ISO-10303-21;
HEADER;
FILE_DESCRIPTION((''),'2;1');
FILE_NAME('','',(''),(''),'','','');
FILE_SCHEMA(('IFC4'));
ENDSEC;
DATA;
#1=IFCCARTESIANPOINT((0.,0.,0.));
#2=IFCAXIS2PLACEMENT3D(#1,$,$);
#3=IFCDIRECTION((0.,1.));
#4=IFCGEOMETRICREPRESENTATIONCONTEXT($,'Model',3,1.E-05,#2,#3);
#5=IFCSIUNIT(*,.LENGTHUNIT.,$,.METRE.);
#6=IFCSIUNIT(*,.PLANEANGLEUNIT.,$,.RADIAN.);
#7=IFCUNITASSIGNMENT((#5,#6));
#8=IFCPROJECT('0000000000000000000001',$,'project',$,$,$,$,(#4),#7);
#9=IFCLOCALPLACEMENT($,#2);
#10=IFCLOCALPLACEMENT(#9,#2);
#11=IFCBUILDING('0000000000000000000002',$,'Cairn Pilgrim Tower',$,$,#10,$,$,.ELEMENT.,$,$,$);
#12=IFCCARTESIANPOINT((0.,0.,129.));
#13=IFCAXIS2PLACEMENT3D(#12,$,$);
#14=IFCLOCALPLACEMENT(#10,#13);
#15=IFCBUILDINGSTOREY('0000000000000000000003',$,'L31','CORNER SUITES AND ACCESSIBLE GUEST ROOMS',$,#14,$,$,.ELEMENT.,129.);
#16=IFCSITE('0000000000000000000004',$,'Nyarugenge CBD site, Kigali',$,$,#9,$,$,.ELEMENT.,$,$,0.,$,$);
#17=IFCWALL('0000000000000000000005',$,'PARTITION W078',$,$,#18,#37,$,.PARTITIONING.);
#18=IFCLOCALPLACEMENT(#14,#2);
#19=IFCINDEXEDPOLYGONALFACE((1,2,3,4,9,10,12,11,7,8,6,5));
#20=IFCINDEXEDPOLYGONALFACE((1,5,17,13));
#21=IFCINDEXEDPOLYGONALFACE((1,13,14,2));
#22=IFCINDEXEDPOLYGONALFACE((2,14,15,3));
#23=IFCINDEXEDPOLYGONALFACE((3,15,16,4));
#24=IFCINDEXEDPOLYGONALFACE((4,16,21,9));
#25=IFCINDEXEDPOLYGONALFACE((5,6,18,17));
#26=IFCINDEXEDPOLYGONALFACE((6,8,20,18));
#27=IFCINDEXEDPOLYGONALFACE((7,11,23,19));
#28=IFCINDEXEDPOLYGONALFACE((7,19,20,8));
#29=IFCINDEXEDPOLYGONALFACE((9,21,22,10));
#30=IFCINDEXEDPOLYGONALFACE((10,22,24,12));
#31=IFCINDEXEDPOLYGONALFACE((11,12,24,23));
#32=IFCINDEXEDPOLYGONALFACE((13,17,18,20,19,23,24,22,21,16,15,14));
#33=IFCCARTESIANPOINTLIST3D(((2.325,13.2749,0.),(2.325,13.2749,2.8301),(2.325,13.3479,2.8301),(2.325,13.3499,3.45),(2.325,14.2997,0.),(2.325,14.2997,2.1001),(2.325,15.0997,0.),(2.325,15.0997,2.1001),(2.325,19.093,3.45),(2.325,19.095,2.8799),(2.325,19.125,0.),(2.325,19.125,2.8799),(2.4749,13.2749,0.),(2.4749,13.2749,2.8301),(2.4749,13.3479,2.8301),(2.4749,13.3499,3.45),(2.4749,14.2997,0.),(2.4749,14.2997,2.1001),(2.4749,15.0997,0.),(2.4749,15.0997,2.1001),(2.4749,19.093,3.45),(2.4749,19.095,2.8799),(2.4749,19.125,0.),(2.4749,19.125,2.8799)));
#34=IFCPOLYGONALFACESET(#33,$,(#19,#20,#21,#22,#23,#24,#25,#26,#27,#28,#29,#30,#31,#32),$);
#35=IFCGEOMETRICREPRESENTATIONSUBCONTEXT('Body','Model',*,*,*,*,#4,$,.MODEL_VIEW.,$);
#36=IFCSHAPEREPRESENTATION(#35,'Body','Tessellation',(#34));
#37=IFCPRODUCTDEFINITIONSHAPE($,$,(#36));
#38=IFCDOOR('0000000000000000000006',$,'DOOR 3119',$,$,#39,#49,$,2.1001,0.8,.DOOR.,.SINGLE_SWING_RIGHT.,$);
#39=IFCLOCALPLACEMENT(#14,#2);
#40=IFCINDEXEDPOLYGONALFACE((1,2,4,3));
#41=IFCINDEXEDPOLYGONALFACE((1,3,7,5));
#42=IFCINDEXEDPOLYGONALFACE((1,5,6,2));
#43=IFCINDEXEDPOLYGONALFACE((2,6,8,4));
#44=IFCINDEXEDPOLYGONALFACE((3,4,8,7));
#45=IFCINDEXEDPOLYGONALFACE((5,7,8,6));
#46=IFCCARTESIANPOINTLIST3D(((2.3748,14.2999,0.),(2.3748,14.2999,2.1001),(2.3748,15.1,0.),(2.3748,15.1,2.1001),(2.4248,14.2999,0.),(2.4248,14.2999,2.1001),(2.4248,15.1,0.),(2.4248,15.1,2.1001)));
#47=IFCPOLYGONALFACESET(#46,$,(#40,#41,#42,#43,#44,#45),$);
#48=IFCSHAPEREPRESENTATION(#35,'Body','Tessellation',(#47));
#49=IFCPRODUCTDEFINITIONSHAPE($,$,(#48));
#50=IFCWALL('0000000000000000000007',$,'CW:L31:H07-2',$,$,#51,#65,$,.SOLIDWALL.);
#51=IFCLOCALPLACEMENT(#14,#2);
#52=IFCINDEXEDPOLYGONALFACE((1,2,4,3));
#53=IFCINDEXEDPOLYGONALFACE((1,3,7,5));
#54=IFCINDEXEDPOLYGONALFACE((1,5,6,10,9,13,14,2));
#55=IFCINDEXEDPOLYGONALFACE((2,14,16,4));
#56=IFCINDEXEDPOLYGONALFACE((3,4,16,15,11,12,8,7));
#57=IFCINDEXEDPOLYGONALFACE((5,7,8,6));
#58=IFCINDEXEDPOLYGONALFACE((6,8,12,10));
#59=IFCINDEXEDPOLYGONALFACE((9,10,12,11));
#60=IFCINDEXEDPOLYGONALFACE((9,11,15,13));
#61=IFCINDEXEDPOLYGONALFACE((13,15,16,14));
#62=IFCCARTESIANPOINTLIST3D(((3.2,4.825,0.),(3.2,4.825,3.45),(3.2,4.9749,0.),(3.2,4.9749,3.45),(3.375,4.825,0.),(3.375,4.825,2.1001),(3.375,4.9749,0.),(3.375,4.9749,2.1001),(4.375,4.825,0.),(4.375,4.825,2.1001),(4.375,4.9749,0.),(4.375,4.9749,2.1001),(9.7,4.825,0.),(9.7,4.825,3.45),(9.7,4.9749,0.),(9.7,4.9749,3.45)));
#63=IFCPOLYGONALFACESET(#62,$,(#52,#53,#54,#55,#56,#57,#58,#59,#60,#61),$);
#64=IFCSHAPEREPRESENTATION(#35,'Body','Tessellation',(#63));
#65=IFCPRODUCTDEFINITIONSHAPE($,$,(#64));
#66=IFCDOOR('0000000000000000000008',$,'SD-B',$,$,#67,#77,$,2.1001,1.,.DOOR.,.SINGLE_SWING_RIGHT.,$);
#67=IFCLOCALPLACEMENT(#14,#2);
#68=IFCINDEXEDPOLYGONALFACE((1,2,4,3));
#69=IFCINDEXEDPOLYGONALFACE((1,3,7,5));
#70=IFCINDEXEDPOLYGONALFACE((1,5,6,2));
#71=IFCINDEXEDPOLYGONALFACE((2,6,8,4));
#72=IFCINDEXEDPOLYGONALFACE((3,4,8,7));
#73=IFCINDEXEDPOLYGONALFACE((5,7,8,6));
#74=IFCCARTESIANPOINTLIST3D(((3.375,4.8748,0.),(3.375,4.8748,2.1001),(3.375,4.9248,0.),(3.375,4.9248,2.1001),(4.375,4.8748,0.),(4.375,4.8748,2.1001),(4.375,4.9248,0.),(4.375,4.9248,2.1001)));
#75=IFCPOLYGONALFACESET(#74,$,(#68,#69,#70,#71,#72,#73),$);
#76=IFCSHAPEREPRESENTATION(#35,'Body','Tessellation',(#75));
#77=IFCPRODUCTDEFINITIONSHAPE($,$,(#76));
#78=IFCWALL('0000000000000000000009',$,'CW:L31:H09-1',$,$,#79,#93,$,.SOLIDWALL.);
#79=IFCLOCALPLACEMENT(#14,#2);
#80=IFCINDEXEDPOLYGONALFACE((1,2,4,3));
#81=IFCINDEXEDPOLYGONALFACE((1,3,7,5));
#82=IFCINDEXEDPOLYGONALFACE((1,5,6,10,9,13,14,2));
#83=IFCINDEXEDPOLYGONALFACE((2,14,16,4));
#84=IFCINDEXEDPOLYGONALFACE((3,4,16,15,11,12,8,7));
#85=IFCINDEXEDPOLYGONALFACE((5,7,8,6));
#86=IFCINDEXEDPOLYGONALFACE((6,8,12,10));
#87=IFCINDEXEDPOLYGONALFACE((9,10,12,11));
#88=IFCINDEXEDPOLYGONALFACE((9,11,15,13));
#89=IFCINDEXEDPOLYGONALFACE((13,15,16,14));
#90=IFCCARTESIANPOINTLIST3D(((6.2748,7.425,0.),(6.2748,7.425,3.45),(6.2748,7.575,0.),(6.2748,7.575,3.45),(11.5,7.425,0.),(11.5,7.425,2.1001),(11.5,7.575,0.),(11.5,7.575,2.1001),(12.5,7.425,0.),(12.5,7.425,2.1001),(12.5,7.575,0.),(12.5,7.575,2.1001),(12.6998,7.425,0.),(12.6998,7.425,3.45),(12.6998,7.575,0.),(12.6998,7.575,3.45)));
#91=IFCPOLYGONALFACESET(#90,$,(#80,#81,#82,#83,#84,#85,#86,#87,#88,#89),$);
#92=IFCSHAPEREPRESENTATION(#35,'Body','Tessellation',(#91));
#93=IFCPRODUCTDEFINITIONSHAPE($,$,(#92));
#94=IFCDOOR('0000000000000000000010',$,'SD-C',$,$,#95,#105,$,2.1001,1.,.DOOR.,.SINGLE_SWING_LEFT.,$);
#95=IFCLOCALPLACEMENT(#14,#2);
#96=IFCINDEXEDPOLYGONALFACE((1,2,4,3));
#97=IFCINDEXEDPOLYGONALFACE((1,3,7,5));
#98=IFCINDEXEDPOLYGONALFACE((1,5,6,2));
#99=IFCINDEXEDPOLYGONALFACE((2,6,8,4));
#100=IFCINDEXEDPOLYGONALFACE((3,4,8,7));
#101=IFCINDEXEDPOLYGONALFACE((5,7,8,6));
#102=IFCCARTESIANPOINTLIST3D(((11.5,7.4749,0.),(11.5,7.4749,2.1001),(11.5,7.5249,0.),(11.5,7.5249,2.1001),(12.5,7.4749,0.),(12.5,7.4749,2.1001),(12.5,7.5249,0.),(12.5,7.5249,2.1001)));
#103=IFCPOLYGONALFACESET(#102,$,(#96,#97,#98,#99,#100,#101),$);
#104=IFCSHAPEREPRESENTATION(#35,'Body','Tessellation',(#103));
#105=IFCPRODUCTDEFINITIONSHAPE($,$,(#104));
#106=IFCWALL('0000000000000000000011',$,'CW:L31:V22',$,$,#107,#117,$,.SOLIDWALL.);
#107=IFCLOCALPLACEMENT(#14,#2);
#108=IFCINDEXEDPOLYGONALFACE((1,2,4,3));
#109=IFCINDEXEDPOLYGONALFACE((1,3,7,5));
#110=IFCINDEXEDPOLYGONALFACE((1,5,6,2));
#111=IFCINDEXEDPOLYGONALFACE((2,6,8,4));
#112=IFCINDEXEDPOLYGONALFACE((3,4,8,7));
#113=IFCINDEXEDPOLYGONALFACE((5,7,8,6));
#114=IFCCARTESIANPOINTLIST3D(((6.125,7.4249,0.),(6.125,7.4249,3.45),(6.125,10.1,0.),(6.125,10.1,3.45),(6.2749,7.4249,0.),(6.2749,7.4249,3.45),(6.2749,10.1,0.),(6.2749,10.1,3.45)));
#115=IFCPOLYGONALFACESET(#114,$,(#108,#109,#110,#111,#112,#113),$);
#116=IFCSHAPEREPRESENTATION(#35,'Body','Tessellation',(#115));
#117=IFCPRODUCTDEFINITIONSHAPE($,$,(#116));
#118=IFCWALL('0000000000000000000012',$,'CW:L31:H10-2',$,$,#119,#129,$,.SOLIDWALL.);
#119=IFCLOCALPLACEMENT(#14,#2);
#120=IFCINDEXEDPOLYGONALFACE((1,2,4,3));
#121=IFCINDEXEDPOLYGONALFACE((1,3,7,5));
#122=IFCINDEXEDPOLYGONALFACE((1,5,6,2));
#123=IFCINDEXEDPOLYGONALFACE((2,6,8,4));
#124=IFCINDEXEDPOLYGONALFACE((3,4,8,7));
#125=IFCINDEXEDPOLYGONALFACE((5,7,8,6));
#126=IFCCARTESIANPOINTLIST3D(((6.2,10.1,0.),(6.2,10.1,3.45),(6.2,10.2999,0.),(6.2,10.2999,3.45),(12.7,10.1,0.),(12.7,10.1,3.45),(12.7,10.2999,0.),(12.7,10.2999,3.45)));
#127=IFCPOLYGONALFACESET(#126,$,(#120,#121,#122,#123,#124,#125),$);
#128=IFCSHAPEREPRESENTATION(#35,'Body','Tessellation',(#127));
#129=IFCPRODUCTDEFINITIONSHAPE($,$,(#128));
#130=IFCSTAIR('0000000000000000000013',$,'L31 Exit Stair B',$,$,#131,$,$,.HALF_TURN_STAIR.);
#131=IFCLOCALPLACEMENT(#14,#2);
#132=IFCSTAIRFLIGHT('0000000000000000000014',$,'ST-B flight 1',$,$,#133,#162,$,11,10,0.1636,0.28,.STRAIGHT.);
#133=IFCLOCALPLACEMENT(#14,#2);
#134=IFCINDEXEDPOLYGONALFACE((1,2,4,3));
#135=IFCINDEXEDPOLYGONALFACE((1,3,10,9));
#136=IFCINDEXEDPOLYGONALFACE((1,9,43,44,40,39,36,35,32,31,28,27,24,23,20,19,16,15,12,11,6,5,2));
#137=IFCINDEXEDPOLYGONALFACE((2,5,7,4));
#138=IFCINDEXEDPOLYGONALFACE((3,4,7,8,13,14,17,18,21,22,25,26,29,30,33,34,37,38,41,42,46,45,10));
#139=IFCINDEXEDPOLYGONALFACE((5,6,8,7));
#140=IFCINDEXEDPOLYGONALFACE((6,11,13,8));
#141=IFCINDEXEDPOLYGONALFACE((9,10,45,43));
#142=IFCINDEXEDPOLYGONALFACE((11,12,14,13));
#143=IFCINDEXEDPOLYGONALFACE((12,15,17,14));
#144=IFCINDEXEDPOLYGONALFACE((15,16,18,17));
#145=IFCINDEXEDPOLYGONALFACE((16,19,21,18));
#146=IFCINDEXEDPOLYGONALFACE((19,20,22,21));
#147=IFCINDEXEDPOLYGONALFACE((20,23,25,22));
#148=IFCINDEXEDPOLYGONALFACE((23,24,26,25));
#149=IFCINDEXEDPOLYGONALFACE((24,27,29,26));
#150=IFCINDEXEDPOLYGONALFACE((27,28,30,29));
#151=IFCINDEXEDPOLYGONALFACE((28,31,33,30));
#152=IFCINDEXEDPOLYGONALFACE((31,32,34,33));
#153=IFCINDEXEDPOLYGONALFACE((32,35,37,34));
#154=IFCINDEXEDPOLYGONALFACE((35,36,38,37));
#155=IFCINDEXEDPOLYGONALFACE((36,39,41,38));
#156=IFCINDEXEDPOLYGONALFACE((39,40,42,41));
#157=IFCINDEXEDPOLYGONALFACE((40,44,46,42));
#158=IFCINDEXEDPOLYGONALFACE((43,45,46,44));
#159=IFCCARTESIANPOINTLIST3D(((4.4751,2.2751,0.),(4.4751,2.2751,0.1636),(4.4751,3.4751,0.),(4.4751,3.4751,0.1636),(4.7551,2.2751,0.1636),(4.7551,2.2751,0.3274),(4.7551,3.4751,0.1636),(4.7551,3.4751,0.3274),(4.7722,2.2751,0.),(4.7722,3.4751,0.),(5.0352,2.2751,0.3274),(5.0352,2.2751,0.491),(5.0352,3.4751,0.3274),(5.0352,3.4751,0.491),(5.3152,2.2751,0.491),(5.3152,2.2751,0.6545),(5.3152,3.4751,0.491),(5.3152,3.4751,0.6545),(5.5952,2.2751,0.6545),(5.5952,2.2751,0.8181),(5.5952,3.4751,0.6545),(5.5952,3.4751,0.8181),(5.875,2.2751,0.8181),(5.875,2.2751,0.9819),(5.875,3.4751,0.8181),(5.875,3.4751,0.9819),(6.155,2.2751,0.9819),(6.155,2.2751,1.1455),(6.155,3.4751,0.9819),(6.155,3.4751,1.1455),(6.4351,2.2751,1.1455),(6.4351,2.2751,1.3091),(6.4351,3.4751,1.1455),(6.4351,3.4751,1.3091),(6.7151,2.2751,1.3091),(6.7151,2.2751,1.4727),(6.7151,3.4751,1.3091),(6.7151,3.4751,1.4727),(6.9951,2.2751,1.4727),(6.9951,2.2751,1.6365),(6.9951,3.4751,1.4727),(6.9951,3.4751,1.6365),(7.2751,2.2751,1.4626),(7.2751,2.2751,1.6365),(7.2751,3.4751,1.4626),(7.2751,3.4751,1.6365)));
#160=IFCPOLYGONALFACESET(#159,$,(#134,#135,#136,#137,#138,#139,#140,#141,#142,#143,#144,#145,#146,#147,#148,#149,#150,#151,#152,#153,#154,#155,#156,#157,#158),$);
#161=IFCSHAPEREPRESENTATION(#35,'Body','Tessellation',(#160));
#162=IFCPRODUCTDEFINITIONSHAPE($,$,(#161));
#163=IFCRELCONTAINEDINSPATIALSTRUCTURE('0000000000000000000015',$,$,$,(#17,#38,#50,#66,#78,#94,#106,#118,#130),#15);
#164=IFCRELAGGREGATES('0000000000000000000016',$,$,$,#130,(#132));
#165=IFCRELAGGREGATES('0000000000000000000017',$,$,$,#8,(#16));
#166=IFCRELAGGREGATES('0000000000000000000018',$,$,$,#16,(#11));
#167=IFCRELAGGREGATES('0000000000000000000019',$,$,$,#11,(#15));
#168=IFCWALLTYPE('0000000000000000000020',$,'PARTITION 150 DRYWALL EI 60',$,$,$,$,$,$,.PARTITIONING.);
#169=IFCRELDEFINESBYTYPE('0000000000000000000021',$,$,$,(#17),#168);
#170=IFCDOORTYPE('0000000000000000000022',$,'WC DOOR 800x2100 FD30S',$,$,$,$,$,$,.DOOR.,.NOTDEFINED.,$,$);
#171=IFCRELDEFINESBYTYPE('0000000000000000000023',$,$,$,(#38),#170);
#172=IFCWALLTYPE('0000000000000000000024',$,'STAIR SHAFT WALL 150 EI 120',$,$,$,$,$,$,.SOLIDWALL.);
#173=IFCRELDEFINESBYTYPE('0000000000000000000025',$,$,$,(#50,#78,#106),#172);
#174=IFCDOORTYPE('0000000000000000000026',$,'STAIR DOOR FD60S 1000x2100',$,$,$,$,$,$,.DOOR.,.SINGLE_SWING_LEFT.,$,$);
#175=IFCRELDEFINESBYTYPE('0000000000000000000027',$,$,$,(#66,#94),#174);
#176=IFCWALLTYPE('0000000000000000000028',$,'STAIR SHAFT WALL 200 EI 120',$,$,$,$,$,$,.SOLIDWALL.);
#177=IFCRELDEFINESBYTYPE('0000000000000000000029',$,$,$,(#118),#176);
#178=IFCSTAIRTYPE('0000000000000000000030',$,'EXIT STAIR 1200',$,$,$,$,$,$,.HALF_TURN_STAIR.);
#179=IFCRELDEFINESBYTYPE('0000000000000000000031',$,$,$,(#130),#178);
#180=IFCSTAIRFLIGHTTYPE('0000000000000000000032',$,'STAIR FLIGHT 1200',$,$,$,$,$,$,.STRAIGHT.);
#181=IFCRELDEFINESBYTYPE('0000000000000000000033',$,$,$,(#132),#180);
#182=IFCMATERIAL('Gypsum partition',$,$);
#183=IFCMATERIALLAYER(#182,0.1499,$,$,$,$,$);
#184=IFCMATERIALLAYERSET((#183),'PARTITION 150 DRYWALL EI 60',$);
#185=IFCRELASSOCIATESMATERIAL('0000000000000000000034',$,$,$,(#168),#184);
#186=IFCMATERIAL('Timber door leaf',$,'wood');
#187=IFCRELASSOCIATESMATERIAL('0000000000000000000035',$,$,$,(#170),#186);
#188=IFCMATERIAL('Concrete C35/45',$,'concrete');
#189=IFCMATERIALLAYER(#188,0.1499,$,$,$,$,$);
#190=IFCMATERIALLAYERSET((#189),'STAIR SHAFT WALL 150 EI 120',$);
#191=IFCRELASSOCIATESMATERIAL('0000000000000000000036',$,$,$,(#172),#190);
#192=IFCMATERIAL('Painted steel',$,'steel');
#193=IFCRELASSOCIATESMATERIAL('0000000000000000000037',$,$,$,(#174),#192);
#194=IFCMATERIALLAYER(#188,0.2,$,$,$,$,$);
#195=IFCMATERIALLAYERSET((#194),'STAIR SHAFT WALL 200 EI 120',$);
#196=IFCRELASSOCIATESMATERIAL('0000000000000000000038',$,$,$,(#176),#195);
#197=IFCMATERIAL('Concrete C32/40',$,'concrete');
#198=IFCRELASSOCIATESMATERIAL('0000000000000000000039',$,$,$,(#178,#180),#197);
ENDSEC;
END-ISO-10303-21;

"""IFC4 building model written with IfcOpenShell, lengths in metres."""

from ifc_helpers import new_model, si_unit, direction, frame, frame_2d, origin, place, context, subcontext, project, spatial, polyline, rectangle, outline, extrude, material, layer, layer_set, type_object, element, fill, aggregate, save


model = new_model("IFC4")

# Units and contexts
model_context = context("Model", 3, precision=1e-05, world=origin(), true_north=direction((0.0, 1.0)))
body_context = subcontext(model_context, "Body", "Model", "MODEL_VIEW")
ifc_project = project(units=[si_unit("LENGTHUNIT", "METRE"), si_unit("PLANEANGLEUNIT", "RADIAN")], contexts=[model_context])

# Site, building, storey
site_placement = place(None, origin())
site = spatial("IfcSite", under=ifc_project, at=site_placement, Name="Nyarugenge CBD site, Kigali", CompositionType="ELEMENT", RefElevation=0.0)
building_placement = place(site_placement, origin())
building = spatial("IfcBuilding", under=site, at=building_placement, Name="Cairn Pilgrim Tower", CompositionType="ELEMENT")
storey_placement = place(building_placement, frame((0.0, 0.0, 129.0)))
storey = spatial("IfcBuildingStorey", under=building, at=storey_placement, Name="L31", Description="CORNER SUITES AND ACCESSIBLE GUEST ROOMS", CompositionType="ELEMENT", Elevation=129.0)

# Shared definitions
ifc_material_1 = material(Name="Concrete C32/40", Category="concrete")

# Shared definitions
ifc_material_2 = material(Name="Gypsum partition")
ifc_layer_1 = layer(ifc_material_2, 0.1499)
ifc_layer_set_1 = layer_set([ifc_layer_1], Name="PARTITION 150 DRYWALL EI 60")
wall_type_1 = type_object("IfcWallType", Name="PARTITION 150 DRYWALL EI 60", PredefinedType="PARTITIONING", material=ifc_layer_set_1)

# Walls, openings, doors
wall_1_placement = place(storey_placement, frame((2.3999, 13.2749, 0.0), z_axis=(0.0, 0.0, 1.0), x_axis=(0.0, 1.0, 0.0)))
wall_1 = element("IfcWall", 1, at=wall_1_placement, inside=storey, type_object=wall_type_1, Name="PARTITION W078", PredefinedType="PARTITIONING", context=body_context, shape_type="SweptSolid", body=[
    extrude(outline(polyline([(0.0, 0.0), (5.8501, 0.0), (5.8501, 2.8799), (5.8201, 2.8799), (5.8181, 3.45), (0.075, 3.45), (0.073, 2.8301), (0.0, 2.8301), (0.0, 0.0)])), frame((0.0, 0.075, 0.0), z_axis=(0.0, -1.0, 0.0), x_axis=(1.0, 0.0, 0.0)), (0.0, 0.0, 1.0), 0.1499),
])
opening_1_placement = place(wall_1_placement, frame((1.0249, 0.0, 0.0)))
opening_1 = element("IfcOpeningElement", 2, at=opening_1_placement, cuts=wall_1, PredefinedType="OPENING", context=body_context, shape_type="SweptSolid", body=[
    extrude(rectangle(XDim=0.8, YDim=2.1001, at=frame_2d((0.3999, 1.05))), frame((0.0, 0.085, 0.0), z_axis=(0.0, -1.0, 0.0), x_axis=(1.0, 0.0, 0.0)), (0.0, 0.0, 1.0), 0.1699),
])
ifc_material_3 = material(Name="Timber door leaf", Category="wood")
door_type_1 = type_object("IfcDoorType", Name="WC DOOR 800x2100 FD30S", OperationType="NOTDEFINED", PredefinedType="DOOR", material=ifc_material_3)
door_1_placement = place(opening_1_placement, frame((0.8, 0.0, 0.0), z_axis=(0.0, 0.0, 1.0), x_axis=(-1.0, 0.0, 0.0)))
door_1 = element("IfcDoor", 3, at=door_1_placement, inside=storey, type_object=door_type_1, Name="DOOR 3119", OperationType="SINGLE_SWING_RIGHT", OverallHeight=2.1001, OverallWidth=0.8, PredefinedType="DOOR", context=body_context, shape_type="SweptSolid", body=[
    extrude(rectangle(XDim=0.8, YDim=2.1001, at=frame_2d((0.3999, 1.05))), frame((0.0, 0.0249, 0.0), z_axis=(0.0, -1.0, 0.0), x_axis=(1.0, 0.0, 0.0)), (0.0, 0.0, 1.0), 0.05),
])
fill(opening_1, door_1)
ifc_material_4 = material(Name="Concrete C35/45", Category="concrete")
ifc_layer_2 = layer(ifc_material_4, 0.1499)
ifc_layer_set_2 = layer_set([ifc_layer_2], Name="STAIR SHAFT WALL 150 EI 120")
wall_type_2 = type_object("IfcWallType", Name="STAIR SHAFT WALL 150 EI 120", PredefinedType="SOLIDWALL", material=ifc_layer_set_2)
wall_2_placement = place(storey_placement, frame((3.2, 4.8999, 0.0), z_axis=(0.0, 0.0, 1.0), x_axis=(1.0, 0.0, 0.0)))
wall_2 = element("IfcWall", 4, at=wall_2_placement, inside=storey, type_object=wall_type_2, Name="CW:L31:H07-2", PredefinedType="SOLIDWALL", context=body_context, shape_type="SweptSolid", body=[
    extrude(rectangle(XDim=6.5, YDim=0.1499, at=frame_2d((3.25, 0.0))), origin(), (0.0, 0.0, 1.0), 3.45),
])
opening_2_placement = place(wall_2_placement, frame((0.175, 0.0, 0.0)))
opening_2 = element("IfcOpeningElement", 5, at=opening_2_placement, cuts=wall_2, PredefinedType="OPENING", context=body_context, shape_type="SweptSolid", body=[
    extrude(rectangle(XDim=1.0, YDim=2.1001, at=frame_2d((0.5, 1.05))), frame((0.0, 0.085, 0.0), z_axis=(0.0, -1.0, 0.0), x_axis=(1.0, 0.0, 0.0)), (0.0, 0.0, 1.0), 0.1699),
])
ifc_material_5 = material(Name="Painted steel", Category="steel")
door_type_2 = type_object("IfcDoorType", Name="STAIR DOOR FD60S 1000x2100", OperationType="SINGLE_SWING_LEFT", PredefinedType="DOOR", material=ifc_material_5)
door_2_placement = place(opening_2_placement, origin())
door_2 = element("IfcDoor", 6, at=door_2_placement, inside=storey, type_object=door_type_2, Name="SD-B", OperationType="SINGLE_SWING_RIGHT", OverallHeight=2.1001, OverallWidth=1.0, PredefinedType="DOOR", context=body_context, shape_type="SweptSolid", body=[
    extrude(rectangle(XDim=1.0, YDim=2.1001, at=frame_2d((0.5, 1.05))), frame((0.0, 0.0249, 0.0), z_axis=(0.0, -1.0, 0.0), x_axis=(1.0, 0.0, 0.0)), (0.0, 0.0, 1.0), 0.05),
])
fill(opening_2, door_2)
wall_3_placement = place(storey_placement, frame((6.2749, 7.5, 0.0), z_axis=(0.0, 0.0, 1.0), x_axis=(1.0, 0.0, 0.0)))
wall_3 = element("IfcWall", 7, at=wall_3_placement, inside=storey, type_object=wall_type_2, Name="CW:L31:H09-1", PredefinedType="SOLIDWALL", context=body_context, shape_type="SweptSolid", body=[
    extrude(rectangle(XDim=6.425, YDim=0.1499, at=frame_2d((3.2124, 0.0))), origin(), (0.0, 0.0, 1.0), 3.45),
])
opening_3_placement = place(wall_3_placement, frame((5.2251, 0.0, 0.0)))
opening_3 = element("IfcOpeningElement", 8, at=opening_3_placement, cuts=wall_3, PredefinedType="OPENING", context=body_context, shape_type="SweptSolid", body=[
    extrude(rectangle(XDim=1.0, YDim=2.1001, at=frame_2d((0.5, 1.05))), frame((0.0, 0.085, 0.0), z_axis=(0.0, -1.0, 0.0), x_axis=(1.0, 0.0, 0.0)), (0.0, 0.0, 1.0), 0.1699),
])
door_3_placement = place(opening_3_placement, origin())
door_3 = element("IfcDoor", 9, at=door_3_placement, inside=storey, type_object=door_type_2, Name="SD-C", OperationType="SINGLE_SWING_LEFT", OverallHeight=2.1001, OverallWidth=1.0, PredefinedType="DOOR", context=body_context, shape_type="SweptSolid", body=[
    extrude(rectangle(XDim=1.0, YDim=2.1001, at=frame_2d((0.5, 1.05))), frame((0.0, 0.0249, 0.0), z_axis=(0.0, -1.0, 0.0), x_axis=(1.0, 0.0, 0.0)), (0.0, 0.0, 1.0), 0.05),
])
fill(opening_3, door_3)

# Walls
wall_4_placement = place(storey_placement, frame((6.2, 7.425, 0.0), z_axis=(0.0, 0.0, 1.0), x_axis=(0.0, 1.0, 0.0)))
element("IfcWall", 10, at=wall_4_placement, inside=storey, type_object=wall_type_2, Name="CW:L31:V22", PredefinedType="SOLIDWALL", context=body_context, shape_type="SweptSolid", body=[
    extrude(rectangle(XDim=2.675, YDim=0.1499, at=frame_2d((1.3374, 0.0))), origin(), (0.0, 0.0, 1.0), 3.45),
])
ifc_layer_3 = layer(ifc_material_4, 0.2)
ifc_layer_set_3 = layer_set([ifc_layer_3], Name="STAIR SHAFT WALL 200 EI 120")
wall_type_3 = type_object("IfcWallType", Name="STAIR SHAFT WALL 200 EI 120", PredefinedType="SOLIDWALL", material=ifc_layer_set_3)
wall_5_placement = place(storey_placement, frame((6.2, 10.2, 0.0), z_axis=(0.0, 0.0, 1.0), x_axis=(1.0, 0.0, 0.0)))
element("IfcWall", 11, at=wall_5_placement, inside=storey, type_object=wall_type_3, Name="CW:L31:H10-2", PredefinedType="SOLIDWALL", context=body_context, shape_type="SweptSolid", body=[
    extrude(rectangle(XDim=6.5, YDim=0.2, at=frame_2d((3.25, 0.0))), origin(), (0.0, 0.0, 1.0), 3.45),
])

# Stair, stair flight
stair_type = type_object("IfcStairType", Name="EXIT STAIR 1200", PredefinedType="HALF_TURN_STAIR", material=ifc_material_1)
stair_placement = place(storey_placement, origin())
stair = element("IfcStair", 12, at=stair_placement, inside=storey, type_object=stair_type, Name="L31 Exit Stair B", PredefinedType="HALF_TURN_STAIR")
stair_flight_type = type_object("IfcStairFlightType", Name="STAIR FLIGHT 1200", PredefinedType="STRAIGHT", material=ifc_material_1)
stair_flight_placement = place(storey_placement, frame((4.4751, 2.875, 0.0), z_axis=(0.0, 0.0, 1.0), x_axis=(1.0, 0.0, 0.0)))
stair_flight = element("IfcStairFlight", 13, at=stair_flight_placement, type_object=stair_flight_type, Name="ST-B flight 1", NumberOfRisers=11, NumberOfTreads=10, PredefinedType="STRAIGHT", RiserHeight=0.1636, TreadLength=0.28, context=body_context, shape_type="SweptSolid", body=[
    extrude(outline(polyline([(0.0, 0.0), (0.0, 0.1636), (0.28, 0.1636), (0.28, 0.3274), (0.5601, 0.3274), (0.5601, 0.491), (0.8401, 0.491), (0.8401, 0.6545), (1.1201, 0.6545), (1.1201, 0.8181), (1.3999, 0.8181), (1.3999, 0.9819), (1.6799, 0.9819), (1.6799, 1.1455), (1.96, 1.1455), (1.96, 1.3091), (2.24, 1.3091), (2.24, 1.4727), (2.52, 1.4727), (2.52, 1.6365), (2.8, 1.6365), (2.8, 1.8), (2.8, 1.4626), (0.2971, 0.0), (0.0, 0.0)])), frame((0.0, 0.6001, 0.0), z_axis=(0.0, -1.0, 0.0), x_axis=(1.0, 0.0, 0.0)), (0.0, 0.0, 1.0), 1.2),
])
aggregate(stair, [stair_flight])

save(model, "model.ifc")
